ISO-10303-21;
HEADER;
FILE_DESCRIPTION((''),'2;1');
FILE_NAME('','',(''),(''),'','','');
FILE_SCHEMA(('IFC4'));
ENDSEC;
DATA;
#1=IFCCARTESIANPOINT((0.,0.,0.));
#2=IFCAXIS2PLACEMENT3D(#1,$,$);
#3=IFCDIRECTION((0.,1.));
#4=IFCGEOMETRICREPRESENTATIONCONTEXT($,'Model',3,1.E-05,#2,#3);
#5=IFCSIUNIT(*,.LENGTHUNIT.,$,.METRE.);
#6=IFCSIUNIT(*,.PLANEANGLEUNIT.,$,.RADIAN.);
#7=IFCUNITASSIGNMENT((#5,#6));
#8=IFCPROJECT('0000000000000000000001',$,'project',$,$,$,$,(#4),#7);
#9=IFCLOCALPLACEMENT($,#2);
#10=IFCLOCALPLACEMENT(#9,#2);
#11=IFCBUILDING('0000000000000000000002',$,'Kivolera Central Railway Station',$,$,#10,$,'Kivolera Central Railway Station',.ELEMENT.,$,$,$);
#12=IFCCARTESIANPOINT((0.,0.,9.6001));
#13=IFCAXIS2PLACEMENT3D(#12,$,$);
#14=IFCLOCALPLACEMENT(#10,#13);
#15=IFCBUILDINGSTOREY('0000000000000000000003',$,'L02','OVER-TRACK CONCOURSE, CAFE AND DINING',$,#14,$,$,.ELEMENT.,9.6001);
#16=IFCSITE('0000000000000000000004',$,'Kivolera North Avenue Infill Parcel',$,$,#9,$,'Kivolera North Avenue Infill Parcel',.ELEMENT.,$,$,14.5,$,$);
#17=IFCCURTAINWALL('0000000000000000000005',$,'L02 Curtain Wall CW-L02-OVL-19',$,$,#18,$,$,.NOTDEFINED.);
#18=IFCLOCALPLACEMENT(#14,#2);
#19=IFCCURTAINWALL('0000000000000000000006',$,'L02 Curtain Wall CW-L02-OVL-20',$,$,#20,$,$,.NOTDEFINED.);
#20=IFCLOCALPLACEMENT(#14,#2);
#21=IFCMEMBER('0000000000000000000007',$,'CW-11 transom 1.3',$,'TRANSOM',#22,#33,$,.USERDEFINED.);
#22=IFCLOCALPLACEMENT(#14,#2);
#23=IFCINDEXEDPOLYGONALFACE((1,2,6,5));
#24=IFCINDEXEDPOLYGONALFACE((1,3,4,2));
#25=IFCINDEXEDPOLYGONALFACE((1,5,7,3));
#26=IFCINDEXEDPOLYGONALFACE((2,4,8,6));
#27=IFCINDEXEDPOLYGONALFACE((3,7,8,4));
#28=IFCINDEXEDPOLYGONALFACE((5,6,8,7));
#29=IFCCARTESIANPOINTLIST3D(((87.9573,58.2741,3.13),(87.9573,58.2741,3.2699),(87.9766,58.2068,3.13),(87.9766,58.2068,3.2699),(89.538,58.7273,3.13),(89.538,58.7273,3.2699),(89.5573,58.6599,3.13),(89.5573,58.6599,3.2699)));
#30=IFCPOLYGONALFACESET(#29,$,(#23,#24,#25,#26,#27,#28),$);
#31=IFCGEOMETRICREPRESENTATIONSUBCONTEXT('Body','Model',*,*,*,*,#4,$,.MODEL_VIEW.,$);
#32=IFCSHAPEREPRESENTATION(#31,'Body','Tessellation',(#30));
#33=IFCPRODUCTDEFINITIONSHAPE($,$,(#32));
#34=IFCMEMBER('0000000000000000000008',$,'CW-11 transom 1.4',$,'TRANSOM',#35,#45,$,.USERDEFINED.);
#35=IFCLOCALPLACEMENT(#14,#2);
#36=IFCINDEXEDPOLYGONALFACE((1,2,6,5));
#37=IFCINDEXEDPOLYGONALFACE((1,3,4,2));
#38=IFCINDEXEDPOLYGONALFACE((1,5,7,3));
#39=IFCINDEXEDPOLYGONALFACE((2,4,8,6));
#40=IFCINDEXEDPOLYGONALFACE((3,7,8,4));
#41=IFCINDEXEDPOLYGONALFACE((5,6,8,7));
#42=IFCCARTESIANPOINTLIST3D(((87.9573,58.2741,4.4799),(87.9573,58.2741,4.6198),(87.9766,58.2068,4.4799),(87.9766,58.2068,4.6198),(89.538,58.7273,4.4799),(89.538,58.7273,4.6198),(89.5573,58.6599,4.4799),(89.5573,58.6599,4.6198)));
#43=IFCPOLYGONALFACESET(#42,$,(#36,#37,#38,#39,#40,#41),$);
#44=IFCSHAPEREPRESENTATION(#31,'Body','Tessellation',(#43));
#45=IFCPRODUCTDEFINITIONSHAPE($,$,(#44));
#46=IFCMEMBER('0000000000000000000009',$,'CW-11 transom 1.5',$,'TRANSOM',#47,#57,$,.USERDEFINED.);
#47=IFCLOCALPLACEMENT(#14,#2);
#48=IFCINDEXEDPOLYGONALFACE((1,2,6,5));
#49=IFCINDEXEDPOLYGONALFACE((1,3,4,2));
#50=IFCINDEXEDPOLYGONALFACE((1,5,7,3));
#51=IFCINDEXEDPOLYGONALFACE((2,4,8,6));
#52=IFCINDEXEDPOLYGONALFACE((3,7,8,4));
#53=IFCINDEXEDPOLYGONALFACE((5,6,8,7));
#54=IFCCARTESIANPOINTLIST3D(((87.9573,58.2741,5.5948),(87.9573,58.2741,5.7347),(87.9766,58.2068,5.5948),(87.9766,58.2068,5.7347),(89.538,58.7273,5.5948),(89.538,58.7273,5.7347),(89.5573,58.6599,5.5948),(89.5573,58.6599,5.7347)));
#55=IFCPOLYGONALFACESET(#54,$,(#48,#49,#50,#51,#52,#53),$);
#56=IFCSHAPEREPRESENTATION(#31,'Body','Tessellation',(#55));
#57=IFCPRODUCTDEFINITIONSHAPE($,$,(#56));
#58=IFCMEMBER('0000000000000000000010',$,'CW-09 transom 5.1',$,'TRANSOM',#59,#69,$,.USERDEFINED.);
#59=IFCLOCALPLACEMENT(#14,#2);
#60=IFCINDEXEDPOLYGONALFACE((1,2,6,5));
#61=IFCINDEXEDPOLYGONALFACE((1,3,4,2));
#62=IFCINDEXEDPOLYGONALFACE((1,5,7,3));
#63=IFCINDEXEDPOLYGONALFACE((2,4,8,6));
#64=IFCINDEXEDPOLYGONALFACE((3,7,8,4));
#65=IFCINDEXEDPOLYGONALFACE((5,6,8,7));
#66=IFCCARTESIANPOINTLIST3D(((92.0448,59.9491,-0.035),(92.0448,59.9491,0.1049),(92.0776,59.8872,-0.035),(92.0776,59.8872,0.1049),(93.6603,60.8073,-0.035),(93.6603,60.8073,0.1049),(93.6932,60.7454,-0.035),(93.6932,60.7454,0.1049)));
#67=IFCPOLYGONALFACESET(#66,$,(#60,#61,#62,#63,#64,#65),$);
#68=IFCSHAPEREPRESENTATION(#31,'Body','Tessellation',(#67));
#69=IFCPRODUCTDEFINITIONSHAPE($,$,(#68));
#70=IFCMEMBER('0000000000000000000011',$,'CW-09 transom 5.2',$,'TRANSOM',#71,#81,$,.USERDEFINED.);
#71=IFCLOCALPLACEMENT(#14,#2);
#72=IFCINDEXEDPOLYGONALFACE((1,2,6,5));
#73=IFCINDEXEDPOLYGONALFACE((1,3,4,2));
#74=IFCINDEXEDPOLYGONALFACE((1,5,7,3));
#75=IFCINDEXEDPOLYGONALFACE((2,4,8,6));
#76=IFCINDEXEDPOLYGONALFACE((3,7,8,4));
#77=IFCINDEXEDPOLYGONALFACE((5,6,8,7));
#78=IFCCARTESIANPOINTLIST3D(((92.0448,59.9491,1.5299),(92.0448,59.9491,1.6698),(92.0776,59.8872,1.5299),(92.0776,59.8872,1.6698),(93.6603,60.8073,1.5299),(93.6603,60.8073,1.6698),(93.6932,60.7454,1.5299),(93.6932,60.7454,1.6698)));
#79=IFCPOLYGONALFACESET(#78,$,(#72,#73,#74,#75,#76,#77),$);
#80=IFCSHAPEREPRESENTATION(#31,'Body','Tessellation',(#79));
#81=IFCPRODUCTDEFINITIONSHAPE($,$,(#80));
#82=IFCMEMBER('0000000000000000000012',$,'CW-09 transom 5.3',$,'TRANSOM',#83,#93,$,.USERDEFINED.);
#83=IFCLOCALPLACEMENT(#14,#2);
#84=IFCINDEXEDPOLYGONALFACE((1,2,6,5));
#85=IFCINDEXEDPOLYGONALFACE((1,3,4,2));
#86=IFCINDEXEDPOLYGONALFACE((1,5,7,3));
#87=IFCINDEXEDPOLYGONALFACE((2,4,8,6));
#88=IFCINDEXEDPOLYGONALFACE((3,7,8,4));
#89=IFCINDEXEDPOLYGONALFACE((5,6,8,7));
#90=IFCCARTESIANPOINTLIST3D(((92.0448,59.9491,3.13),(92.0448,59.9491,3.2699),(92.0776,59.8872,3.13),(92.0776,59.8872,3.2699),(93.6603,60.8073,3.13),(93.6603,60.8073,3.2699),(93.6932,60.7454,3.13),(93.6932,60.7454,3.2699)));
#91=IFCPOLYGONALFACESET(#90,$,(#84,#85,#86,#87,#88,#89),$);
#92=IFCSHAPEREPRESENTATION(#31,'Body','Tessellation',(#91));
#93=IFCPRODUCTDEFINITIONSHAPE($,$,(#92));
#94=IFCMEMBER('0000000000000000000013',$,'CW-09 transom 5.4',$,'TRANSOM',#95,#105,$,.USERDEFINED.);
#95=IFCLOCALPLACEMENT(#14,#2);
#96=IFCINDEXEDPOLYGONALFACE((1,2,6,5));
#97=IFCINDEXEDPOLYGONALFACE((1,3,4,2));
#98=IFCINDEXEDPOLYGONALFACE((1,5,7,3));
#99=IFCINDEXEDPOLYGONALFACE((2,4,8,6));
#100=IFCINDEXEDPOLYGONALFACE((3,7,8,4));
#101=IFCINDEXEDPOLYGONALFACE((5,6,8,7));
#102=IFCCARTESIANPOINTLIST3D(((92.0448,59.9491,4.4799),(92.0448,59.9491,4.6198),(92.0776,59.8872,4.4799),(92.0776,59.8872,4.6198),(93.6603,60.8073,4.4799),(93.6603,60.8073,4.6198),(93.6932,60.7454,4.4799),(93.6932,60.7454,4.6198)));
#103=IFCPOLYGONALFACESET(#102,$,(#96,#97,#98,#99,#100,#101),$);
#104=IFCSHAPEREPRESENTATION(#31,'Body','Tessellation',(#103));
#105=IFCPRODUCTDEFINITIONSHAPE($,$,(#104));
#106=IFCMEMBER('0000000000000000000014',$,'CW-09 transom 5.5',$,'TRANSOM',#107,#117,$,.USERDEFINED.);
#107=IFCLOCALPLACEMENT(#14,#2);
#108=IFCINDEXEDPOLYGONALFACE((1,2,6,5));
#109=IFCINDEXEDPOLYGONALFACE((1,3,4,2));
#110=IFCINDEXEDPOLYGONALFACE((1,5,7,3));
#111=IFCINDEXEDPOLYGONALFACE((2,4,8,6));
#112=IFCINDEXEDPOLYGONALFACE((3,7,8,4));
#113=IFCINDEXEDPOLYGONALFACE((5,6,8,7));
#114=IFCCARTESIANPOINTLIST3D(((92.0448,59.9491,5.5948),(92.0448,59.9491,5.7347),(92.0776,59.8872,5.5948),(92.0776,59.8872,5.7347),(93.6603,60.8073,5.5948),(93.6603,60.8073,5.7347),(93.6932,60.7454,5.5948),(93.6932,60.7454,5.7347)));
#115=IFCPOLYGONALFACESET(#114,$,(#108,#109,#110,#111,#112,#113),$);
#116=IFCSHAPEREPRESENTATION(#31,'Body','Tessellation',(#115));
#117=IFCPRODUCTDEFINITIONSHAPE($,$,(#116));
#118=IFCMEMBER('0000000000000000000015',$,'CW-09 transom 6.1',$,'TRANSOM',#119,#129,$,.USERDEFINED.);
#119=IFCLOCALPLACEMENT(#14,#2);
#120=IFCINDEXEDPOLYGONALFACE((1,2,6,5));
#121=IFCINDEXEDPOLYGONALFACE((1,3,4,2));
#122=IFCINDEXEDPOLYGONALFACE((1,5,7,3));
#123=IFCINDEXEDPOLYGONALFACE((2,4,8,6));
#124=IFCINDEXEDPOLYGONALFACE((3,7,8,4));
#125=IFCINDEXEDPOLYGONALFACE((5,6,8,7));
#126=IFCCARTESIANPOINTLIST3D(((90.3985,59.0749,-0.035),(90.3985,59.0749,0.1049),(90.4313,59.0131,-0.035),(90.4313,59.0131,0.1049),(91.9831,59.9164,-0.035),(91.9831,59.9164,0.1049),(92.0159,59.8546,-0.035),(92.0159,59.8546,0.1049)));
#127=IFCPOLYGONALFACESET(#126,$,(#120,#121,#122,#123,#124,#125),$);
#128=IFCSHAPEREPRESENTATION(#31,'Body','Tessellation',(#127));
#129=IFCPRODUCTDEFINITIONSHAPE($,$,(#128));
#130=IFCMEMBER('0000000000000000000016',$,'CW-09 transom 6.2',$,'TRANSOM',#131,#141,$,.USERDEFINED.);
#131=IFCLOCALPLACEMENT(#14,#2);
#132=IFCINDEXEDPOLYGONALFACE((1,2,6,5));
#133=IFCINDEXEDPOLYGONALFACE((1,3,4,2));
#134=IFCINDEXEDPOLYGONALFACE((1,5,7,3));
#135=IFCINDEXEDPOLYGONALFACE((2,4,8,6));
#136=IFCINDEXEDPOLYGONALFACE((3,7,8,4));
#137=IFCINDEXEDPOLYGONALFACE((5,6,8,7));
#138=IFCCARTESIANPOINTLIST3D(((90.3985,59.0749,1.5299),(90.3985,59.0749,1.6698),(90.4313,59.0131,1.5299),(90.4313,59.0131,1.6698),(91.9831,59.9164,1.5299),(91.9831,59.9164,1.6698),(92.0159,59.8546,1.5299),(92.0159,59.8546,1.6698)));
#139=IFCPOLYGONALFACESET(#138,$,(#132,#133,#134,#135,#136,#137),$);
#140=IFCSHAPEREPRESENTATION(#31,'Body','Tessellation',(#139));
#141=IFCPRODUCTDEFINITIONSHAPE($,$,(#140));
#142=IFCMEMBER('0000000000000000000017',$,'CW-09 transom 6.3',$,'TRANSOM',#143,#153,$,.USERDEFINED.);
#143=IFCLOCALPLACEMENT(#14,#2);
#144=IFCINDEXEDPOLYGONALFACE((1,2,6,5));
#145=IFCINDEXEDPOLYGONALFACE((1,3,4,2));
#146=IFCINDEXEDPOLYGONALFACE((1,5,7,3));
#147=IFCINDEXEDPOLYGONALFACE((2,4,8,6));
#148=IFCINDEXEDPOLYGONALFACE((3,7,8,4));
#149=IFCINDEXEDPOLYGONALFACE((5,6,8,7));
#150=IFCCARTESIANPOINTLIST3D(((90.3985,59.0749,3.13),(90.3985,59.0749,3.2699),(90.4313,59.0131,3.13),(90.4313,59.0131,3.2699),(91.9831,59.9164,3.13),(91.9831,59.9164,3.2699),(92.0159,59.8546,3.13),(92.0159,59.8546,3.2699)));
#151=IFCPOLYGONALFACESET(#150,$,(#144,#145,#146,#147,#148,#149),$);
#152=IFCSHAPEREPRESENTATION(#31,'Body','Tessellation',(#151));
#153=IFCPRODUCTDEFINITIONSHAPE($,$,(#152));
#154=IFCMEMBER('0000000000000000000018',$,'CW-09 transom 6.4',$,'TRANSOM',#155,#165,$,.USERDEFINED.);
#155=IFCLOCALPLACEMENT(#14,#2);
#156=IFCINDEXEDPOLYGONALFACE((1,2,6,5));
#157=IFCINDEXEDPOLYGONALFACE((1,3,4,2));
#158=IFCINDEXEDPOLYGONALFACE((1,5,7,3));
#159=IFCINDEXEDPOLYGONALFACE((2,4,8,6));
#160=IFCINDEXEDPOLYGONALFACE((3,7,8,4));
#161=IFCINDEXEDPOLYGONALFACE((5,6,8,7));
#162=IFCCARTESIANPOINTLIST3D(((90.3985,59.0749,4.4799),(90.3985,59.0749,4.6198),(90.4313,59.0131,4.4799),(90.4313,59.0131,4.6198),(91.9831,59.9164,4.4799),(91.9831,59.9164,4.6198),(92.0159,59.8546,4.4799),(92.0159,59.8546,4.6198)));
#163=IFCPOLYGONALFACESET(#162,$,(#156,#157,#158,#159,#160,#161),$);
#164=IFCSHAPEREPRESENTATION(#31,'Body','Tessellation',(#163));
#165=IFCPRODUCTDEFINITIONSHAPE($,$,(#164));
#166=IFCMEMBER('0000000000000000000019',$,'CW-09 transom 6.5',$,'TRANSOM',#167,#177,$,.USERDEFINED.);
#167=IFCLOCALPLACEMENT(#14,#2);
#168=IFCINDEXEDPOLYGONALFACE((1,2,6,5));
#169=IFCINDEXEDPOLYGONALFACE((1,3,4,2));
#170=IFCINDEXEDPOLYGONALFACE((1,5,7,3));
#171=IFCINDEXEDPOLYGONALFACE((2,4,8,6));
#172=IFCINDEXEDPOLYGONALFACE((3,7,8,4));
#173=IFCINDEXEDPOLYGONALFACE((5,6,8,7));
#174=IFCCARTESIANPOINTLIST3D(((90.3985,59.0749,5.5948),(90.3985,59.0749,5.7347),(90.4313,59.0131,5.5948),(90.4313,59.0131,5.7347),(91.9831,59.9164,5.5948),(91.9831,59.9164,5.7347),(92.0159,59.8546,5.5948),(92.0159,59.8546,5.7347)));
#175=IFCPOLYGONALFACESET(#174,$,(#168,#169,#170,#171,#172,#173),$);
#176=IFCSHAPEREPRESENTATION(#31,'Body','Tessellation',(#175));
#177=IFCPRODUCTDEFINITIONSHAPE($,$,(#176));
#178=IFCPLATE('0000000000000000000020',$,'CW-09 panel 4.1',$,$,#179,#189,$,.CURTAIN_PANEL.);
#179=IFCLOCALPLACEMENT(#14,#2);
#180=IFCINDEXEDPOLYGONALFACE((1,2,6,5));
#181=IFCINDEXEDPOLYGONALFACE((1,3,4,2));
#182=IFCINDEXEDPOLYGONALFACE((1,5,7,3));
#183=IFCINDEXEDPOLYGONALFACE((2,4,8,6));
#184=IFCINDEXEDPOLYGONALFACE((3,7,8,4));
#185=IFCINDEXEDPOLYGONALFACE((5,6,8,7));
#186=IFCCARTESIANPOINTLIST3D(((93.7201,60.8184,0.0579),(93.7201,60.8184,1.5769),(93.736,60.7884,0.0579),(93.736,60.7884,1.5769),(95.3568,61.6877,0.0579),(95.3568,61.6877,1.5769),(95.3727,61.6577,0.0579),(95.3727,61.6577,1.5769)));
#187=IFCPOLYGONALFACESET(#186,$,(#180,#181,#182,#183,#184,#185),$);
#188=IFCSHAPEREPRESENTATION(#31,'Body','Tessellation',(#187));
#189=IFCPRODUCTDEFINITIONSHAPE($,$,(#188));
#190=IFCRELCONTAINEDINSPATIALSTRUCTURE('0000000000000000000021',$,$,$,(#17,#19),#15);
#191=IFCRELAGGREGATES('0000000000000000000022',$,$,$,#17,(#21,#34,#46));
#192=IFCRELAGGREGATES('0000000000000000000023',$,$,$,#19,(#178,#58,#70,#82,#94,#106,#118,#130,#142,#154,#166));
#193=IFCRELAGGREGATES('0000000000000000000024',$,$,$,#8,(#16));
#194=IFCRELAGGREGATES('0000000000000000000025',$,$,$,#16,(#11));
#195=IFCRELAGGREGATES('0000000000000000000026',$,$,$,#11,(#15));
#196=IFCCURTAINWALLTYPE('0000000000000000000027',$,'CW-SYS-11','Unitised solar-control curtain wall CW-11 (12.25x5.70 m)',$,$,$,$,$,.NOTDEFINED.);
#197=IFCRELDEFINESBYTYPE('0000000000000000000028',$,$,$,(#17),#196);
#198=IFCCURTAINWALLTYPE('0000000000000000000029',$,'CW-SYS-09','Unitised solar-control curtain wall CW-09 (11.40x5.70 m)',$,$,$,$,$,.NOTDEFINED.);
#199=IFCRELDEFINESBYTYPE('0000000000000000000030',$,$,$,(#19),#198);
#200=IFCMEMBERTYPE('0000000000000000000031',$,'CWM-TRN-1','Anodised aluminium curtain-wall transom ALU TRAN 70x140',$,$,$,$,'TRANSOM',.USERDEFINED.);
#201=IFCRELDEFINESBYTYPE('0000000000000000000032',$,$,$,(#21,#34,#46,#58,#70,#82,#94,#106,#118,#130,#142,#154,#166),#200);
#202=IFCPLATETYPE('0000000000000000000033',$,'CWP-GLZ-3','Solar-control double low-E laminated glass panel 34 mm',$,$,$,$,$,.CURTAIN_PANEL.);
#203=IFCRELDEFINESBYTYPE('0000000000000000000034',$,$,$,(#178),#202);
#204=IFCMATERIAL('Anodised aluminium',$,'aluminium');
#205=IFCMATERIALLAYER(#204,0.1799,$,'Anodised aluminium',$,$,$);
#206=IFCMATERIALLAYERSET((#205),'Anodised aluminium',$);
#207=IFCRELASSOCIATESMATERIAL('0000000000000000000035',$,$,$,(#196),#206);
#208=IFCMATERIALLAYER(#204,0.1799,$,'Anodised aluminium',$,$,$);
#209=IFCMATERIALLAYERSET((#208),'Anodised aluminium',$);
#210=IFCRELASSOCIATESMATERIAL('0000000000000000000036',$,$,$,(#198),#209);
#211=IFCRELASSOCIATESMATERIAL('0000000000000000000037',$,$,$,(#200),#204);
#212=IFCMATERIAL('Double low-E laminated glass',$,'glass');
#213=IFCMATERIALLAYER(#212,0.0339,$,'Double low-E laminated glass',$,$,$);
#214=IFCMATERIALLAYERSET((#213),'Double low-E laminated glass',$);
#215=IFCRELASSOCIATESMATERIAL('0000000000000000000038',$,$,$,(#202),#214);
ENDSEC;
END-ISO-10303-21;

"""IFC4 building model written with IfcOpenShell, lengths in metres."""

from ifc_helpers import new_model, si_unit, direction, frame, origin, origin_2d, place, context, subcontext, project, spatial, rectangle, extrude, material, layer, layer_set, material_profile, profile_set, type_object, element, aggregate, save


model = new_model("IFC4")

# Units and contexts
model_context = context("Model", 3, precision=1e-05, world=origin(), true_north=direction((0.0, 1.0)))
body_context = subcontext(model_context, "Body", "Model", "MODEL_VIEW")
ifc_project = project(units=[si_unit("LENGTHUNIT", "METRE"), si_unit("PLANEANGLEUNIT", "RADIAN")], contexts=[model_context])

# Site, building, storey
site_placement = place(None, origin())
site = spatial("IfcSite", under=ifc_project, at=site_placement, Name="Kivolera North Avenue Infill Parcel", LongName="Kivolera North Avenue Infill Parcel", CompositionType="ELEMENT", RefElevation=14.5)
building_placement = place(site_placement, origin())
building = spatial("IfcBuilding", under=site, at=building_placement, Name="Kivolera Central Railway Station", LongName="Kivolera Central Railway Station", CompositionType="ELEMENT")
storey_placement = place(building_placement, frame((0.0, 0.0, 9.6001)))
storey = spatial("IfcBuildingStorey", under=building, at=storey_placement, Name="L02", Description="OVER-TRACK CONCOURSE, CAFE AND DINING", CompositionType="ELEMENT", Elevation=9.6001)

# Curtain wall
ifc_material_1 = material(Name="Anodised aluminium", Category="aluminium")
ifc_layer_1 = layer(ifc_material_1, 0.1799, Name="Anodised aluminium")
ifc_layer_set_1 = layer_set([ifc_layer_1], Name="Anodised aluminium")
curtain_wall_type_1 = type_object("IfcCurtainWallType", Name="CW-SYS-11", Description="Unitised solar-control curtain wall CW-11 (12.25x5.70 m)", PredefinedType="NOTDEFINED", material=ifc_layer_set_1)
curtain_wall_1_placement = place(storey_placement, origin())
curtain_wall_1 = element("IfcCurtainWall", 1, at=curtain_wall_1_placement, inside=storey, type_object=curtain_wall_type_1, Name="L02 Curtain Wall CW-L02-OVL-19", PredefinedType="NOTDEFINED")

# Curtain wall
ifc_layer_2 = layer(ifc_material_1, 0.1799, Name="Anodised aluminium")
ifc_layer_set_2 = layer_set([ifc_layer_2], Name="Anodised aluminium")
curtain_wall_type_2 = type_object("IfcCurtainWallType", Name="CW-SYS-09", Description="Unitised solar-control curtain wall CW-09 (11.40x5.70 m)", PredefinedType="NOTDEFINED", material=ifc_layer_set_2)
curtain_wall_2_placement = place(storey_placement, origin())
curtain_wall_2 = element("IfcCurtainWall", 2, at=curtain_wall_2_placement, inside=storey, type_object=curtain_wall_type_2, Name="L02 Curtain Wall CW-L02-OVL-20", PredefinedType="NOTDEFINED")

# Members
ifc_material_profile_1 = material_profile(ifc_material_1, rectangle(XDim=0.0701, YDim=0.1399, at=origin_2d()), Name="ALU TRAN 70x140")
ifc_profile_set_1 = profile_set([ifc_material_profile_1], Name="Anodised aluminium")
member_type_1 = type_object("IfcMemberType", Name="CWM-TRN-1", Description="Anodised aluminium curtain-wall transom ALU TRAN 70x140", ElementType="TRANSOM", PredefinedType="USERDEFINED", material=ifc_profile_set_1)
member_1_placement = place(storey_placement, frame((89.5476, 58.6936, 3.2), z_axis=(-0.961277, -0.275584, 0.0), x_axis=(0.275584, -0.961277, 0.0)))
member_1 = element("IfcMember", 3, at=member_1_placement, type_object=member_type_1, Name="CW-11 transom 1.3", ObjectType="TRANSOM", PredefinedType="USERDEFINED", context=body_context, shape_type="SweptSolid", body=[
    extrude(rectangle(XDim=0.0701, YDim=0.1399, at=origin_2d()), origin(), (0.0, 0.0, 1.0), 1.6443),
])
member_2_placement = place(storey_placement, frame((89.5476, 58.6936, 4.5498), z_axis=(-0.961277, -0.275584, 0.0), x_axis=(0.275584, -0.961277, 0.0)))
member_2 = element("IfcMember", 4, at=member_2_placement, type_object=member_type_1, Name="CW-11 transom 1.4", ObjectType="TRANSOM", PredefinedType="USERDEFINED", context=body_context, shape_type="SweptSolid", body=[
    extrude(rectangle(XDim=0.0701, YDim=0.1399, at=origin_2d()), origin(), (0.0, 0.0, 1.0), 1.6443),
])
member_3_placement = place(storey_placement, frame((89.5476, 58.6936, 5.6648), z_axis=(-0.961277, -0.275584, 0.0), x_axis=(0.275584, -0.961277, 0.0)))
member_3 = element("IfcMember", 5, at=member_3_placement, type_object=member_type_1, Name="CW-11 transom 1.5", ObjectType="TRANSOM", PredefinedType="USERDEFINED", context=body_context, shape_type="SweptSolid", body=[
    extrude(rectangle(XDim=0.0701, YDim=0.1399, at=origin_2d()), origin(), (0.0, 0.0, 1.0), 1.6443),
])
aggregate(curtain_wall_1, [member_1, member_2, member_3])
member_4_placement = place(storey_placement, frame((93.6768, 60.7764, 0.0349), z_axis=(-0.883131, -0.469126, 0.0), x_axis=(0.469126, -0.883131, 0.0)))
member_4 = element("IfcMember", 6, at=member_4_placement, type_object=member_type_1, Name="CW-09 transom 5.1", ObjectType="TRANSOM", PredefinedType="USERDEFINED", context=body_context, shape_type="SweptSolid", body=[
    extrude(rectangle(XDim=0.0701, YDim=0.1399, at=origin_2d()), origin(), (0.0, 0.0, 1.0), 1.8293),
])
member_5_placement = place(storey_placement, frame((93.6768, 60.7764, 1.5999), z_axis=(-0.883131, -0.469126, 0.0), x_axis=(0.469126, -0.883131, 0.0)))
member_5 = element("IfcMember", 7, at=member_5_placement, type_object=member_type_1, Name="CW-09 transom 5.2", ObjectType="TRANSOM", PredefinedType="USERDEFINED", context=body_context, shape_type="SweptSolid", body=[
    extrude(rectangle(XDim=0.0701, YDim=0.1399, at=origin_2d()), origin(), (0.0, 0.0, 1.0), 1.8293),
])
member_6_placement = place(storey_placement, frame((93.6768, 60.7764, 3.2), z_axis=(-0.883131, -0.469126, 0.0), x_axis=(0.469126, -0.883131, 0.0)))
member_6 = element("IfcMember", 8, at=member_6_placement, type_object=member_type_1, Name="CW-09 transom 5.3", ObjectType="TRANSOM", PredefinedType="USERDEFINED", context=body_context, shape_type="SweptSolid", body=[
    extrude(rectangle(XDim=0.0701, YDim=0.1399, at=origin_2d()), origin(), (0.0, 0.0, 1.0), 1.8293),
])
member_7_placement = place(storey_placement, frame((93.6768, 60.7764, 4.5498), z_axis=(-0.883131, -0.469126, 0.0), x_axis=(0.469126, -0.883131, 0.0)))
member_7 = element("IfcMember", 9, at=member_7_placement, type_object=member_type_1, Name="CW-09 transom 5.4", ObjectType="TRANSOM", PredefinedType="USERDEFINED", context=body_context, shape_type="SweptSolid", body=[
    extrude(rectangle(XDim=0.0701, YDim=0.1399, at=origin_2d()), origin(), (0.0, 0.0, 1.0), 1.8293),
])
member_8_placement = place(storey_placement, frame((93.6768, 60.7764, 5.6648), z_axis=(-0.883131, -0.469126, 0.0), x_axis=(0.469126, -0.883131, 0.0)))
member_8 = element("IfcMember", 10, at=member_8_placement, type_object=member_type_1, Name="CW-09 transom 5.5", ObjectType="TRANSOM", PredefinedType="USERDEFINED", context=body_context, shape_type="SweptSolid", body=[
    extrude(rectangle(XDim=0.0701, YDim=0.1399, at=origin_2d()), origin(), (0.0, 0.0, 1.0), 1.8293),
])
member_9_placement = place(storey_placement, frame((91.9995, 59.8855, 0.0349), z_axis=(-0.883191, -0.469013, 0.0), x_axis=(0.469013, -0.883191, 0.0)))
member_9 = element("IfcMember", 11, at=member_9_placement, type_object=member_type_1, Name="CW-09 transom 6.1", ObjectType="TRANSOM", PredefinedType="USERDEFINED", context=body_context, shape_type="SweptSolid", body=[
    extrude(rectangle(XDim=0.0701, YDim=0.1399, at=origin_2d()), origin(), (0.0, 0.0, 1.0), 1.7942),
])
member_10_placement = place(storey_placement, frame((91.9995, 59.8855, 1.5999), z_axis=(-0.883191, -0.469013, 0.0), x_axis=(0.469013, -0.883191, 0.0)))
member_10 = element("IfcMember", 12, at=member_10_placement, type_object=member_type_1, Name="CW-09 transom 6.2", ObjectType="TRANSOM", PredefinedType="USERDEFINED", context=body_context, shape_type="SweptSolid", body=[
    extrude(rectangle(XDim=0.0701, YDim=0.1399, at=origin_2d()), origin(), (0.0, 0.0, 1.0), 1.7942),
])
member_11_placement = place(storey_placement, frame((91.9995, 59.8855, 3.2), z_axis=(-0.883191, -0.469013, 0.0), x_axis=(0.469013, -0.883191, 0.0)))
member_11 = element("IfcMember", 13, at=member_11_placement, type_object=member_type_1, Name="CW-09 transom 6.3", ObjectType="TRANSOM", PredefinedType="USERDEFINED", context=body_context, shape_type="SweptSolid", body=[
    extrude(rectangle(XDim=0.0701, YDim=0.1399, at=origin_2d()), origin(), (0.0, 0.0, 1.0), 1.7942),
])
member_12_placement = place(storey_placement, frame((91.9995, 59.8855, 4.5498), z_axis=(-0.883191, -0.469013, 0.0), x_axis=(0.469013, -0.883191, 0.0)))
member_12 = element("IfcMember", 14, at=member_12_placement, type_object=member_type_1, Name="CW-09 transom 6.4", ObjectType="TRANSOM", PredefinedType="USERDEFINED", context=body_context, shape_type="SweptSolid", body=[
    extrude(rectangle(XDim=0.0701, YDim=0.1399, at=origin_2d()), origin(), (0.0, 0.0, 1.0), 1.7942),
])
member_13_placement = place(storey_placement, frame((91.9995, 59.8855, 5.6648), z_axis=(-0.883191, -0.469013, 0.0), x_axis=(0.469013, -0.883191, 0.0)))
member_13 = element("IfcMember", 15, at=member_13_placement, type_object=member_type_1, Name="CW-09 transom 6.5", ObjectType="TRANSOM", PredefinedType="USERDEFINED", context=body_context, shape_type="SweptSolid", body=[
    extrude(rectangle(XDim=0.0701, YDim=0.1399, at=origin_2d()), origin(), (0.0, 0.0, 1.0), 1.7942),
])

# Plate
ifc_material_2 = material(Name="Double low-E laminated glass", Category="glass")
ifc_layer_3 = layer(ifc_material_2, 0.0339, Name="Double low-E laminated glass")
ifc_layer_set_3 = layer_set([ifc_layer_3], Name="Double low-E laminated glass")
plate_type = type_object("IfcPlateType", Name="CWP-GLZ-3", Description="Solar-control double low-E laminated glass panel 34 mm", PredefinedType="CURTAIN_PANEL", material=ifc_layer_set_3)
plate_1_placement = place(storey_placement, frame((94.5464, 61.238, 0.0579), z_axis=(0.0, 0.0, 1.0), x_axis=(-0.88317, -0.469053, 0.0)))
plate_1 = element("IfcPlate", 16, at=plate_1_placement, type_object=plate_type, Name="CW-09 panel 4.1", PredefinedType="CURTAIN_PANEL", context=body_context, shape_type="SweptSolid", body=[
    extrude(rectangle(XDim=1.8533, YDim=0.0339, at=origin_2d()), origin(), (0.0, 0.0, 1.0), 1.519),
])
aggregate(curtain_wall_2, [plate_1, member_4, member_5, member_6, member_7, member_8, member_9, member_10, member_11, member_12, member_13])

save(model, "model.ifc")
